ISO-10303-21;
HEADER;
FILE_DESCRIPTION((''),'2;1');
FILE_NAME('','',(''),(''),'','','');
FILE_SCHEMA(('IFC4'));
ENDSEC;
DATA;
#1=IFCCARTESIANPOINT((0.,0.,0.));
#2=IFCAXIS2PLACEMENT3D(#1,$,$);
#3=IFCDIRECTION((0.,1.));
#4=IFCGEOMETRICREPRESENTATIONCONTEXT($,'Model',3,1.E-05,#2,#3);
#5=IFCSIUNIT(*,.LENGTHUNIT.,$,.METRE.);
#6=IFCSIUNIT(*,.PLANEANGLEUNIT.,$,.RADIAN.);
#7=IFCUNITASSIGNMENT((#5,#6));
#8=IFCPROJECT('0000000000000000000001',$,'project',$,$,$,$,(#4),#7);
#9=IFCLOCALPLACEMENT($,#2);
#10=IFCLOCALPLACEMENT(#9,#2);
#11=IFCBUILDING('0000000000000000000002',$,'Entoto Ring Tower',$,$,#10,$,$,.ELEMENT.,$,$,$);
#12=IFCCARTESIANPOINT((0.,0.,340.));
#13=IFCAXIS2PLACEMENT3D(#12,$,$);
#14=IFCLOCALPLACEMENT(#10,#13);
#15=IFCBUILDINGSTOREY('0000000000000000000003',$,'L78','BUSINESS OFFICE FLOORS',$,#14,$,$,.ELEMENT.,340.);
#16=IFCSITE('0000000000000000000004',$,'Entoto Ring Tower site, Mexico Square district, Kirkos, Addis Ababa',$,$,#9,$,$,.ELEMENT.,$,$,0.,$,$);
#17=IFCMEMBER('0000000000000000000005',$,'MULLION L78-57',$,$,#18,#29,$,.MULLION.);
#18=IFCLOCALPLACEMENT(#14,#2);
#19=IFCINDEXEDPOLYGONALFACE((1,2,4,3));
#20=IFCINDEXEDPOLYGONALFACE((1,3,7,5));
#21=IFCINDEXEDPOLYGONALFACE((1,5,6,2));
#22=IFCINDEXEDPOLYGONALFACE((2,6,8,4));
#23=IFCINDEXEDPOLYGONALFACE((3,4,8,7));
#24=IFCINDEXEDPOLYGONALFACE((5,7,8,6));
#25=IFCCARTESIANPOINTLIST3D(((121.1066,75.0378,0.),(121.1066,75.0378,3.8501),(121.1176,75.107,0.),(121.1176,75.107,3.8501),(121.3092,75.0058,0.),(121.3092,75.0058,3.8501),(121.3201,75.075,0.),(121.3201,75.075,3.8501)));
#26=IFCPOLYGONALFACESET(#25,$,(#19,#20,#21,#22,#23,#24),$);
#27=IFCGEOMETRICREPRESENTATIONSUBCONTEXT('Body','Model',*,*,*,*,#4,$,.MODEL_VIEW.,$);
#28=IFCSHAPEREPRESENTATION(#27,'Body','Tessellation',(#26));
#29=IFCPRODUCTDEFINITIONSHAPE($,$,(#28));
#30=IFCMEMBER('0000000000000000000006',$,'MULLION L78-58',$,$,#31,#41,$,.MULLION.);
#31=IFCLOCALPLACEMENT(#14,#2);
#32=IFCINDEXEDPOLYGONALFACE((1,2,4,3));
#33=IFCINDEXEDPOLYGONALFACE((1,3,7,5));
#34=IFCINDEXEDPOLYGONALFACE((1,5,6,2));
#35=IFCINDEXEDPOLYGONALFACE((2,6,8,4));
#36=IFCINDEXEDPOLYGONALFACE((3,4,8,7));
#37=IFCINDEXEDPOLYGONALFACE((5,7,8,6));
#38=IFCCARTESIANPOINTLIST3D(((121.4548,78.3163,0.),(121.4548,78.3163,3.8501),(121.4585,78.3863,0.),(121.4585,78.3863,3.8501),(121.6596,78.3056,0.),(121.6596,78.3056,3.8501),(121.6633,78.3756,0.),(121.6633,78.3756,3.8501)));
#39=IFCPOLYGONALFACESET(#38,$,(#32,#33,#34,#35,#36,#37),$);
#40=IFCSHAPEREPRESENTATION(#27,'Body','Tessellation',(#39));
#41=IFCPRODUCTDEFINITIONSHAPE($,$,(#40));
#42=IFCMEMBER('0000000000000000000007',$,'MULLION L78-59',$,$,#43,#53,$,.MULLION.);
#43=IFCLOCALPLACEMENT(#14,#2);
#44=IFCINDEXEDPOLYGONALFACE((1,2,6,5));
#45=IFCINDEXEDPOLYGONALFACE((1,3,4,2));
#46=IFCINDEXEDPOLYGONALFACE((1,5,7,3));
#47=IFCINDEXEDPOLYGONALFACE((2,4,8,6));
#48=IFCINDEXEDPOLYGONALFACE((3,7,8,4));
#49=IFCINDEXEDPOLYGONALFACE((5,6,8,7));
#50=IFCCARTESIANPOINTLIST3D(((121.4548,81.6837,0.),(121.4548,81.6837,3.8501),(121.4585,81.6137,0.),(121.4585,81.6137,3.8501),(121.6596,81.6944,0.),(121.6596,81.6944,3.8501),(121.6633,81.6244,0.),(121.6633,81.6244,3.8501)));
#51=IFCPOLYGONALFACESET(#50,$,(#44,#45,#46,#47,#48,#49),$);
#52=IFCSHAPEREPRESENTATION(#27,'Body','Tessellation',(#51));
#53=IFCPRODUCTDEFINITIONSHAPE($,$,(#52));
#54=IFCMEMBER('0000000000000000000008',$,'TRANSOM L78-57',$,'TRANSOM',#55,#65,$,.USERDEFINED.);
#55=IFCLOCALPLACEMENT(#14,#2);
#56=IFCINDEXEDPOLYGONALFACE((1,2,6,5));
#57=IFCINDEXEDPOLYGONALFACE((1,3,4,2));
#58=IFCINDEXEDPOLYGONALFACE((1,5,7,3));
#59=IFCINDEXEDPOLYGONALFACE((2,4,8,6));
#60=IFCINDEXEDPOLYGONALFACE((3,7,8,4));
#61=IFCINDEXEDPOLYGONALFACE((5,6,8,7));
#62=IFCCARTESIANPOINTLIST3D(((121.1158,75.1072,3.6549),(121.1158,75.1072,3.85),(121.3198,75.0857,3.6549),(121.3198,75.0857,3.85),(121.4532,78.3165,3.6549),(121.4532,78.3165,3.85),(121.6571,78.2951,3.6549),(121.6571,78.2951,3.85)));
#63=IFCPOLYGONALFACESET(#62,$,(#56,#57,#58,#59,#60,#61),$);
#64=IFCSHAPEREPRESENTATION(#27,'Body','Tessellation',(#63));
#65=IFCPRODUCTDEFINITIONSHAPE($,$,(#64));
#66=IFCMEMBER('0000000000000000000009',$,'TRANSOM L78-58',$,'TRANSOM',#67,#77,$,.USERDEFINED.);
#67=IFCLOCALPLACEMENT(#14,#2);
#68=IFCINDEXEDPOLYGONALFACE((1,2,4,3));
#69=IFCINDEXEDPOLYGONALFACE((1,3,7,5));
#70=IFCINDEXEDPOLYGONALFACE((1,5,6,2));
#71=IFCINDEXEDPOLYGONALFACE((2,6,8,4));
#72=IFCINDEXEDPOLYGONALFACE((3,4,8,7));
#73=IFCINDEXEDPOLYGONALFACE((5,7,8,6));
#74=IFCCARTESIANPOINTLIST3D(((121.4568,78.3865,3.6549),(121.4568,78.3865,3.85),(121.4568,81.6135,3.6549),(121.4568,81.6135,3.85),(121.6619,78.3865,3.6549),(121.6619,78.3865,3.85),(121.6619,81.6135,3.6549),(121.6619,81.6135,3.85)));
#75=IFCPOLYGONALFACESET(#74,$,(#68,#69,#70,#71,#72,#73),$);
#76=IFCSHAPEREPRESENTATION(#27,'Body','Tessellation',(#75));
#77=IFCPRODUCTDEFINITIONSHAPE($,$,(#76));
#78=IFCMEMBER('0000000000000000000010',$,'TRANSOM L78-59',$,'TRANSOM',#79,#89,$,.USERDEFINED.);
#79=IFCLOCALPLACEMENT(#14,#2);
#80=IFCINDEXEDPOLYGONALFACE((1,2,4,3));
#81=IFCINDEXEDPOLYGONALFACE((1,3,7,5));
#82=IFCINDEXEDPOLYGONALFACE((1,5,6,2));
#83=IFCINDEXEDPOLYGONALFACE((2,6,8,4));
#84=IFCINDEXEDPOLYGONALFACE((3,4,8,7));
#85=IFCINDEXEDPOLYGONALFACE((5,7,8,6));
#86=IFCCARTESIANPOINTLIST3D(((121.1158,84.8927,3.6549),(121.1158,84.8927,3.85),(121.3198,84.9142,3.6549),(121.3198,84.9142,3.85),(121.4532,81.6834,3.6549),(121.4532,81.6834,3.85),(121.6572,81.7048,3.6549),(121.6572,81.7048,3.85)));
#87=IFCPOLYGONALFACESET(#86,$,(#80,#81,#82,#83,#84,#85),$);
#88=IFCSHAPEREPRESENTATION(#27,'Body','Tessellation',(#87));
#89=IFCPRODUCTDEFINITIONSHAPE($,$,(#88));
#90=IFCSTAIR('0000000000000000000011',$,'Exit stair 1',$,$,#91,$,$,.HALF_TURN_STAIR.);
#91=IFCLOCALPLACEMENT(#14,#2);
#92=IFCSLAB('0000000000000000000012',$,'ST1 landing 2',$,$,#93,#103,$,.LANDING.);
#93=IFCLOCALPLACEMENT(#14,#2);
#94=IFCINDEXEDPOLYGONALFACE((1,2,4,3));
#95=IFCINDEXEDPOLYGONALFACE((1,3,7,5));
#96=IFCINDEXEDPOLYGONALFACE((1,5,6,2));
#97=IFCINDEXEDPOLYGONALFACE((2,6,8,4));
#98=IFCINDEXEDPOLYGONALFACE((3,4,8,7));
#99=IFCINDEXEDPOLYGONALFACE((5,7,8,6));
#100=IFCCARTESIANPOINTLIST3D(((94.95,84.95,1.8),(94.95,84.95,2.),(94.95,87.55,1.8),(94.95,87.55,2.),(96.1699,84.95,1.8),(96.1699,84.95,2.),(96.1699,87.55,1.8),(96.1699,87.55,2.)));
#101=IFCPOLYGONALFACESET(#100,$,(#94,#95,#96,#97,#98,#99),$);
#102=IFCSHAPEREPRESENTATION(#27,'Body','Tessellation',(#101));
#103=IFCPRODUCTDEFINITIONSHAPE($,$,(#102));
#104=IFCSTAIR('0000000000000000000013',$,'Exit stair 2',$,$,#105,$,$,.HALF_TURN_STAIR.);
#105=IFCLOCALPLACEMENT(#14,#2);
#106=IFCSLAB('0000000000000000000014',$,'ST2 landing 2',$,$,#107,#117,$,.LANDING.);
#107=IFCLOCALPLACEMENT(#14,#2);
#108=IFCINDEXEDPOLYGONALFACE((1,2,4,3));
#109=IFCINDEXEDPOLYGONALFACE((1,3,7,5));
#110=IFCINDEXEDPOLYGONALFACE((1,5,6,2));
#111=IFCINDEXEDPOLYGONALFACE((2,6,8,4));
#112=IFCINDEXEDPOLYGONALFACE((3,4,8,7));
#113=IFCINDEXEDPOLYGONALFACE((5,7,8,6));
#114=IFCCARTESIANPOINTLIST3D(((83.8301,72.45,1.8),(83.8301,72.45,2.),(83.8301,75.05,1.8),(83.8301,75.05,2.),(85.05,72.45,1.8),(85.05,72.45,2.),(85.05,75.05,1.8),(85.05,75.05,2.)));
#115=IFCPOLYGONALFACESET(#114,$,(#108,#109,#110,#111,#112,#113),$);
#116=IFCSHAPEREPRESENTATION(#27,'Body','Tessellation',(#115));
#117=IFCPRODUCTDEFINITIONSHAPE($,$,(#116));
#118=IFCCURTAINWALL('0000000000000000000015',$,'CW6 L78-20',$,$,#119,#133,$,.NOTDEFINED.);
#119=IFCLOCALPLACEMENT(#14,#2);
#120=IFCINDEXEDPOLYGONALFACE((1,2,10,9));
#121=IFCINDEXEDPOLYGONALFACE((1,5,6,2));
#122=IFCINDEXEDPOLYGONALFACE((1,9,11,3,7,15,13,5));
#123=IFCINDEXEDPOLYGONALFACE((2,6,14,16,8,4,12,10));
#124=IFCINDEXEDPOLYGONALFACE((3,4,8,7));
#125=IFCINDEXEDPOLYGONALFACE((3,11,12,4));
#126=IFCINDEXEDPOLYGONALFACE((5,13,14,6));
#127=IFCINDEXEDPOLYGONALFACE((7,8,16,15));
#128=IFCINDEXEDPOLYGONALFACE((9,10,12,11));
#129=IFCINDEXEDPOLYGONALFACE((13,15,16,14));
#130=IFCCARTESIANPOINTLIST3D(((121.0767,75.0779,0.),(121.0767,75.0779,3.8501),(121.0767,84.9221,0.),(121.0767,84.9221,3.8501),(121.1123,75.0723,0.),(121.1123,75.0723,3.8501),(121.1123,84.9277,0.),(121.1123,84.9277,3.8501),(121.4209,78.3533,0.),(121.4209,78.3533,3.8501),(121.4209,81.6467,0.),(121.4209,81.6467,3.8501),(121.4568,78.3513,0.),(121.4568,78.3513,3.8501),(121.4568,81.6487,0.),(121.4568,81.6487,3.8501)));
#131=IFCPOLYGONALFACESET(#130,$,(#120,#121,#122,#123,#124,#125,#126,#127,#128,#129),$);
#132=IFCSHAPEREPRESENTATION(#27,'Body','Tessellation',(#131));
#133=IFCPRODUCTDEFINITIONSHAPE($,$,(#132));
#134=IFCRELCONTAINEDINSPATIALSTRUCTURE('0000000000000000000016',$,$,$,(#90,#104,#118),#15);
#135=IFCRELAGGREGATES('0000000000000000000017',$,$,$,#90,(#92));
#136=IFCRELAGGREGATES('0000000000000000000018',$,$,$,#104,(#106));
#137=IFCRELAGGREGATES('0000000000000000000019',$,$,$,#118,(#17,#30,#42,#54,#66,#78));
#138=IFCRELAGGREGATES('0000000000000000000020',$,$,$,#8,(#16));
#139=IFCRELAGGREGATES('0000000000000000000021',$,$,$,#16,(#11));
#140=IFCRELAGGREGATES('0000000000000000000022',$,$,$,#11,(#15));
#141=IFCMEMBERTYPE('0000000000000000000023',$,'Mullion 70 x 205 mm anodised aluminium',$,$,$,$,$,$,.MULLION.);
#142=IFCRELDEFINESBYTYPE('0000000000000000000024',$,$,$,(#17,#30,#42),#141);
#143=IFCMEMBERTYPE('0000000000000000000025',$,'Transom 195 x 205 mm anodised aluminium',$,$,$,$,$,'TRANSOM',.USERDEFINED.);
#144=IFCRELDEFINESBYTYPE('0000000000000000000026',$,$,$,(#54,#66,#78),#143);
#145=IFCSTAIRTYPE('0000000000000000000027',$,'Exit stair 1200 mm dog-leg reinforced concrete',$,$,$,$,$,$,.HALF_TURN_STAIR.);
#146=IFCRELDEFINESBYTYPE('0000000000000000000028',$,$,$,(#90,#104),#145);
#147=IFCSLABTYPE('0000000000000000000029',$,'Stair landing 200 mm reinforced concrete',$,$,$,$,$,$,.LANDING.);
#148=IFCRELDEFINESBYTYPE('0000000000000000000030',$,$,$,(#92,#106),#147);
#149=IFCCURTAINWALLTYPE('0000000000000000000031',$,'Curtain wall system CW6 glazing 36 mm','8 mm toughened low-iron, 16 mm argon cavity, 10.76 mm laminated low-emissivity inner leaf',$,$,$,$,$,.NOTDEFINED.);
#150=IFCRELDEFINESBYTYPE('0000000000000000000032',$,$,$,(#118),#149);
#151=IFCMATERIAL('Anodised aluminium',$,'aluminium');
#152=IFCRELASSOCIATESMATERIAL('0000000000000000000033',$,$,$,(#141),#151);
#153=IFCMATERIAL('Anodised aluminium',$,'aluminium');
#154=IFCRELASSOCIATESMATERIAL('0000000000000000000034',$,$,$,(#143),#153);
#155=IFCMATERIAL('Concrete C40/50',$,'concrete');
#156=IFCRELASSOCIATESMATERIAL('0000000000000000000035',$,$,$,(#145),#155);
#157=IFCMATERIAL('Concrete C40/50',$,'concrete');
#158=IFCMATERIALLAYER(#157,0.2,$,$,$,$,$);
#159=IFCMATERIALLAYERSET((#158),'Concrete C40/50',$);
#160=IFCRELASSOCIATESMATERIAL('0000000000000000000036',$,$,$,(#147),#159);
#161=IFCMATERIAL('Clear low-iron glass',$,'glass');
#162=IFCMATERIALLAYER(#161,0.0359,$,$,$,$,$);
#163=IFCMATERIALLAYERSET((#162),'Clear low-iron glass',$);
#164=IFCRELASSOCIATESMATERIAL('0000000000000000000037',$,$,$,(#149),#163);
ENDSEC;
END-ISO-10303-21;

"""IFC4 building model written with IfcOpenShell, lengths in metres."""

from ifc_helpers import new_model, si_unit, direction, frame, origin, origin_2d, place, context, subcontext, project, spatial, polyline, rectangle, outline, extrude, material, layer, layer_set, material_profile, profile_set, type_object, element, aggregate, save


model = new_model("IFC4")

# Units and contexts
model_context = context("Model", 3, precision=1e-05, world=origin(), true_north=direction((0.0, 1.0)))
body_context = subcontext(model_context, "Body", "Model", "MODEL_VIEW")
ifc_project = project(units=[si_unit("LENGTHUNIT", "METRE"), si_unit("PLANEANGLEUNIT", "RADIAN")], contexts=[model_context])

# Members
ifc_material_1 = material(Name="Anodised aluminium", Category="aluminium")
ifc_material_profile_1 = material_profile(ifc_material_1, rectangle(XDim=0.0701, YDim=0.2051, at=origin_2d()), Name="Mullion 70 x 205 mm anodised aluminium")
ifc_profile_set_1 = profile_set([ifc_material_profile_1], Name="Anodised aluminium")
member_type_1 = type_object("IfcMemberType", Name="Mullion 70 x 205 mm anodised aluminium", PredefinedType="MULLION", material=ifc_profile_set_1)
site_placement = place(None, origin())
building_placement = place(site_placement, origin())
storey_placement = place(building_placement, frame((0.0, 0.0, 340.0)))
member_1_placement = place(storey_placement, frame((121.2134, 75.0564, 0.0), z_axis=(0.0, 0.0, 1.0), x_axis=(0.156434, 0.987688, 0.0)))
member_1 = element("IfcMember", 1, at=member_1_placement, type_object=member_type_1, Name="MULLION L78-57", PredefinedType="MULLION", context=body_context, shape_type="SweptSolid", body=[
    extrude(rectangle(XDim=0.0701, YDim=0.2051, at=origin_2d()), origin(), (0.0, 0.0, 1.0), 3.8501),
])
member_2_placement = place(storey_placement, frame((121.5591, 78.3459, 0.0), z_axis=(0.0, 0.0, 1.0), x_axis=(0.052336, 0.99863, 0.0)))
member_2 = element("IfcMember", 2, at=member_2_placement, type_object=member_type_1, Name="MULLION L78-58", PredefinedType="MULLION", context=body_context, shape_type="SweptSolid", body=[
    extrude(rectangle(XDim=0.0701, YDim=0.2051, at=origin_2d()), origin(), (0.0, 0.0, 1.0), 3.8501),
])
member_3_placement = place(storey_placement, frame((121.5591, 81.6541, 0.0), z_axis=(0.0, 0.0, 1.0), x_axis=(-0.052336, 0.99863, 0.0)))
member_3 = element("IfcMember", 3, at=member_3_placement, type_object=member_type_1, Name="MULLION L78-59", PredefinedType="MULLION", context=body_context, shape_type="SweptSolid", body=[
    extrude(rectangle(XDim=0.0701, YDim=0.2051, at=origin_2d()), origin(), (0.0, 0.0, 1.0), 3.8501),
])
ifc_material_2 = material(Name="Anodised aluminium", Category="aluminium")
ifc_material_profile_2 = material_profile(ifc_material_2, rectangle(XDim=0.2051, YDim=0.1951, at=origin_2d()), Name="Transom 195 x 205 mm anodised aluminium")
ifc_profile_set_2 = profile_set([ifc_material_profile_2], Name="Anodised aluminium")
member_type_2 = type_object("IfcMemberType", Name="Transom 195 x 205 mm anodised aluminium", ElementType="TRANSOM", PredefinedType="USERDEFINED", material=ifc_profile_set_2)
member_4_placement = place(storey_placement, frame((121.2178, 75.0964, 3.7524), z_axis=(0.104551, 0.99452, 0.0), x_axis=(-0.99452, 0.104551, 0.0)))
member_4 = element("IfcMember", 4, at=member_4_placement, type_object=member_type_2, Name="TRANSOM L78-57", ObjectType="TRANSOM", PredefinedType="USERDEFINED", context=body_context, shape_type="SweptSolid", body=[
    extrude(rectangle(XDim=0.2051, YDim=0.1951, at=origin_2d()), origin(), (0.0, 0.0, 1.0), 3.2271),
])
member_5_placement = place(storey_placement, frame((121.5593, 78.3865, 3.7524), z_axis=(0.0, 1.0, 0.0), x_axis=(-1.0, 0.0, 0.0)))
member_5 = element("IfcMember", 5, at=member_5_placement, type_object=member_type_2, Name="TRANSOM L78-58", ObjectType="TRANSOM", PredefinedType="USERDEFINED", context=body_context, shape_type="SweptSolid", body=[
    extrude(rectangle(XDim=0.2051, YDim=0.1951, at=origin_2d()), origin(), (0.0, 0.0, 1.0), 3.2271),
])
member_6_placement = place(storey_placement, frame((121.5552, 81.6941, 3.7524), z_axis=(-0.104551, 0.99452, 0.0), x_axis=(-0.99452, -0.104551, 0.0)))
member_6 = element("IfcMember", 6, at=member_6_placement, type_object=member_type_2, Name="TRANSOM L78-59", ObjectType="TRANSOM", PredefinedType="USERDEFINED", context=body_context, shape_type="SweptSolid", body=[
    extrude(rectangle(XDim=0.2051, YDim=0.1951, at=origin_2d()), origin(), (0.0, 0.0, 1.0), 3.2271),
])

# Site, building, storey
site = spatial("IfcSite", under=ifc_project, at=site_placement, Name="Entoto Ring Tower site, Mexico Square district, Kirkos, Addis Ababa", CompositionType="ELEMENT", RefElevation=0.0)
building = spatial("IfcBuilding", under=site, at=building_placement, Name="Entoto Ring Tower", CompositionType="ELEMENT")
storey = spatial("IfcBuildingStorey", under=building, at=storey_placement, Name="L78", Description="BUSINESS OFFICE FLOORS", CompositionType="ELEMENT", Elevation=340.0)

# Stairs, slabs
ifc_material_3 = material(Name="Concrete C40/50", Category="concrete")
stair_type = type_object("IfcStairType", Name="Exit stair 1200 mm dog-leg reinforced concrete", PredefinedType="HALF_TURN_STAIR", material=ifc_material_3)
stair_1_placement = place(storey_placement, origin())
stair_1 = element("IfcStair", 7, at=stair_1_placement, inside=storey, type_object=stair_type, Name="Exit stair 1", PredefinedType="HALF_TURN_STAIR")
ifc_material_4 = material(Name="Concrete C40/50", Category="concrete")
ifc_layer_1 = layer(ifc_material_4, 0.2)
ifc_layer_set_1 = layer_set([ifc_layer_1], Name="Concrete C40/50")
slab_type = type_object("IfcSlabType", Name="Stair landing 200 mm reinforced concrete", PredefinedType="LANDING", material=ifc_layer_set_1)
slab_1_placement = place(storey_placement, frame((0.0, 0.0, 1.8)))
slab_1 = element("IfcSlab", 8, at=slab_1_placement, type_object=slab_type, Name="ST1 landing 2", PredefinedType="LANDING", context=body_context, shape_type="SweptSolid", body=[
    extrude(outline(polyline([(94.95, 84.95), (96.1699, 84.95), (96.1699, 87.55), (94.95, 87.55), (94.95, 84.95)])), origin(), (0.0, 0.0, 1.0), 0.2),
])
aggregate(stair_1, [slab_1])
stair_2_placement = place(storey_placement, origin())
stair_2 = element("IfcStair", 9, at=stair_2_placement, inside=storey, type_object=stair_type, Name="Exit stair 2", PredefinedType="HALF_TURN_STAIR")
slab_2_placement = place(storey_placement, frame((0.0, 0.0, 1.8)))
slab_2 = element("IfcSlab", 10, at=slab_2_placement, type_object=slab_type, Name="ST2 landing 2", PredefinedType="LANDING", context=body_context, shape_type="SweptSolid", body=[
    extrude(outline(polyline([(83.8301, 72.45), (85.05, 72.45), (85.05, 75.05), (83.8301, 75.05), (83.8301, 72.45)])), origin(), (0.0, 0.0, 1.0), 0.2),
])
aggregate(stair_2, [slab_2])

# Curtain wall
ifc_material_5 = material(Name="Clear low-iron glass", Category="glass")
ifc_layer_2 = layer(ifc_material_5, 0.0359)
ifc_layer_set_2 = layer_set([ifc_layer_2], Name="Clear low-iron glass")
curtain_wall_type = type_object("IfcCurtainWallType", Name="Curtain wall system CW6 glazing 36 mm", Description="8 mm toughened low-iron, 16 mm argon cavity, 10.76 mm laminated low-emissivity inner leaf", PredefinedType="NOTDEFINED", material=ifc_layer_set_2)
curtain_wall_1_placement = place(storey_placement, origin())
curtain_wall_1 = element("IfcCurtainWall", 11, at=curtain_wall_1_placement, inside=storey, type_object=curtain_wall_type, Name="CW6 L78-20", PredefinedType="NOTDEFINED", context=body_context, shape_type="SweptSolid", body=[
    extrude(outline(polyline([(121.1123, 75.0723), (121.4568, 78.3513), (121.4568, 81.6487), (121.1123, 84.9277), (121.0767, 84.9221), (121.4209, 81.6467), (121.4209, 78.3533), (121.0767, 75.0779), (121.1123, 75.0723)])), origin(), (0.0, 0.0, 1.0), 3.8501),
])
aggregate(curtain_wall_1, [member_1, member_2, member_3, member_4, member_5, member_6])

save(model, "model.ifc")
